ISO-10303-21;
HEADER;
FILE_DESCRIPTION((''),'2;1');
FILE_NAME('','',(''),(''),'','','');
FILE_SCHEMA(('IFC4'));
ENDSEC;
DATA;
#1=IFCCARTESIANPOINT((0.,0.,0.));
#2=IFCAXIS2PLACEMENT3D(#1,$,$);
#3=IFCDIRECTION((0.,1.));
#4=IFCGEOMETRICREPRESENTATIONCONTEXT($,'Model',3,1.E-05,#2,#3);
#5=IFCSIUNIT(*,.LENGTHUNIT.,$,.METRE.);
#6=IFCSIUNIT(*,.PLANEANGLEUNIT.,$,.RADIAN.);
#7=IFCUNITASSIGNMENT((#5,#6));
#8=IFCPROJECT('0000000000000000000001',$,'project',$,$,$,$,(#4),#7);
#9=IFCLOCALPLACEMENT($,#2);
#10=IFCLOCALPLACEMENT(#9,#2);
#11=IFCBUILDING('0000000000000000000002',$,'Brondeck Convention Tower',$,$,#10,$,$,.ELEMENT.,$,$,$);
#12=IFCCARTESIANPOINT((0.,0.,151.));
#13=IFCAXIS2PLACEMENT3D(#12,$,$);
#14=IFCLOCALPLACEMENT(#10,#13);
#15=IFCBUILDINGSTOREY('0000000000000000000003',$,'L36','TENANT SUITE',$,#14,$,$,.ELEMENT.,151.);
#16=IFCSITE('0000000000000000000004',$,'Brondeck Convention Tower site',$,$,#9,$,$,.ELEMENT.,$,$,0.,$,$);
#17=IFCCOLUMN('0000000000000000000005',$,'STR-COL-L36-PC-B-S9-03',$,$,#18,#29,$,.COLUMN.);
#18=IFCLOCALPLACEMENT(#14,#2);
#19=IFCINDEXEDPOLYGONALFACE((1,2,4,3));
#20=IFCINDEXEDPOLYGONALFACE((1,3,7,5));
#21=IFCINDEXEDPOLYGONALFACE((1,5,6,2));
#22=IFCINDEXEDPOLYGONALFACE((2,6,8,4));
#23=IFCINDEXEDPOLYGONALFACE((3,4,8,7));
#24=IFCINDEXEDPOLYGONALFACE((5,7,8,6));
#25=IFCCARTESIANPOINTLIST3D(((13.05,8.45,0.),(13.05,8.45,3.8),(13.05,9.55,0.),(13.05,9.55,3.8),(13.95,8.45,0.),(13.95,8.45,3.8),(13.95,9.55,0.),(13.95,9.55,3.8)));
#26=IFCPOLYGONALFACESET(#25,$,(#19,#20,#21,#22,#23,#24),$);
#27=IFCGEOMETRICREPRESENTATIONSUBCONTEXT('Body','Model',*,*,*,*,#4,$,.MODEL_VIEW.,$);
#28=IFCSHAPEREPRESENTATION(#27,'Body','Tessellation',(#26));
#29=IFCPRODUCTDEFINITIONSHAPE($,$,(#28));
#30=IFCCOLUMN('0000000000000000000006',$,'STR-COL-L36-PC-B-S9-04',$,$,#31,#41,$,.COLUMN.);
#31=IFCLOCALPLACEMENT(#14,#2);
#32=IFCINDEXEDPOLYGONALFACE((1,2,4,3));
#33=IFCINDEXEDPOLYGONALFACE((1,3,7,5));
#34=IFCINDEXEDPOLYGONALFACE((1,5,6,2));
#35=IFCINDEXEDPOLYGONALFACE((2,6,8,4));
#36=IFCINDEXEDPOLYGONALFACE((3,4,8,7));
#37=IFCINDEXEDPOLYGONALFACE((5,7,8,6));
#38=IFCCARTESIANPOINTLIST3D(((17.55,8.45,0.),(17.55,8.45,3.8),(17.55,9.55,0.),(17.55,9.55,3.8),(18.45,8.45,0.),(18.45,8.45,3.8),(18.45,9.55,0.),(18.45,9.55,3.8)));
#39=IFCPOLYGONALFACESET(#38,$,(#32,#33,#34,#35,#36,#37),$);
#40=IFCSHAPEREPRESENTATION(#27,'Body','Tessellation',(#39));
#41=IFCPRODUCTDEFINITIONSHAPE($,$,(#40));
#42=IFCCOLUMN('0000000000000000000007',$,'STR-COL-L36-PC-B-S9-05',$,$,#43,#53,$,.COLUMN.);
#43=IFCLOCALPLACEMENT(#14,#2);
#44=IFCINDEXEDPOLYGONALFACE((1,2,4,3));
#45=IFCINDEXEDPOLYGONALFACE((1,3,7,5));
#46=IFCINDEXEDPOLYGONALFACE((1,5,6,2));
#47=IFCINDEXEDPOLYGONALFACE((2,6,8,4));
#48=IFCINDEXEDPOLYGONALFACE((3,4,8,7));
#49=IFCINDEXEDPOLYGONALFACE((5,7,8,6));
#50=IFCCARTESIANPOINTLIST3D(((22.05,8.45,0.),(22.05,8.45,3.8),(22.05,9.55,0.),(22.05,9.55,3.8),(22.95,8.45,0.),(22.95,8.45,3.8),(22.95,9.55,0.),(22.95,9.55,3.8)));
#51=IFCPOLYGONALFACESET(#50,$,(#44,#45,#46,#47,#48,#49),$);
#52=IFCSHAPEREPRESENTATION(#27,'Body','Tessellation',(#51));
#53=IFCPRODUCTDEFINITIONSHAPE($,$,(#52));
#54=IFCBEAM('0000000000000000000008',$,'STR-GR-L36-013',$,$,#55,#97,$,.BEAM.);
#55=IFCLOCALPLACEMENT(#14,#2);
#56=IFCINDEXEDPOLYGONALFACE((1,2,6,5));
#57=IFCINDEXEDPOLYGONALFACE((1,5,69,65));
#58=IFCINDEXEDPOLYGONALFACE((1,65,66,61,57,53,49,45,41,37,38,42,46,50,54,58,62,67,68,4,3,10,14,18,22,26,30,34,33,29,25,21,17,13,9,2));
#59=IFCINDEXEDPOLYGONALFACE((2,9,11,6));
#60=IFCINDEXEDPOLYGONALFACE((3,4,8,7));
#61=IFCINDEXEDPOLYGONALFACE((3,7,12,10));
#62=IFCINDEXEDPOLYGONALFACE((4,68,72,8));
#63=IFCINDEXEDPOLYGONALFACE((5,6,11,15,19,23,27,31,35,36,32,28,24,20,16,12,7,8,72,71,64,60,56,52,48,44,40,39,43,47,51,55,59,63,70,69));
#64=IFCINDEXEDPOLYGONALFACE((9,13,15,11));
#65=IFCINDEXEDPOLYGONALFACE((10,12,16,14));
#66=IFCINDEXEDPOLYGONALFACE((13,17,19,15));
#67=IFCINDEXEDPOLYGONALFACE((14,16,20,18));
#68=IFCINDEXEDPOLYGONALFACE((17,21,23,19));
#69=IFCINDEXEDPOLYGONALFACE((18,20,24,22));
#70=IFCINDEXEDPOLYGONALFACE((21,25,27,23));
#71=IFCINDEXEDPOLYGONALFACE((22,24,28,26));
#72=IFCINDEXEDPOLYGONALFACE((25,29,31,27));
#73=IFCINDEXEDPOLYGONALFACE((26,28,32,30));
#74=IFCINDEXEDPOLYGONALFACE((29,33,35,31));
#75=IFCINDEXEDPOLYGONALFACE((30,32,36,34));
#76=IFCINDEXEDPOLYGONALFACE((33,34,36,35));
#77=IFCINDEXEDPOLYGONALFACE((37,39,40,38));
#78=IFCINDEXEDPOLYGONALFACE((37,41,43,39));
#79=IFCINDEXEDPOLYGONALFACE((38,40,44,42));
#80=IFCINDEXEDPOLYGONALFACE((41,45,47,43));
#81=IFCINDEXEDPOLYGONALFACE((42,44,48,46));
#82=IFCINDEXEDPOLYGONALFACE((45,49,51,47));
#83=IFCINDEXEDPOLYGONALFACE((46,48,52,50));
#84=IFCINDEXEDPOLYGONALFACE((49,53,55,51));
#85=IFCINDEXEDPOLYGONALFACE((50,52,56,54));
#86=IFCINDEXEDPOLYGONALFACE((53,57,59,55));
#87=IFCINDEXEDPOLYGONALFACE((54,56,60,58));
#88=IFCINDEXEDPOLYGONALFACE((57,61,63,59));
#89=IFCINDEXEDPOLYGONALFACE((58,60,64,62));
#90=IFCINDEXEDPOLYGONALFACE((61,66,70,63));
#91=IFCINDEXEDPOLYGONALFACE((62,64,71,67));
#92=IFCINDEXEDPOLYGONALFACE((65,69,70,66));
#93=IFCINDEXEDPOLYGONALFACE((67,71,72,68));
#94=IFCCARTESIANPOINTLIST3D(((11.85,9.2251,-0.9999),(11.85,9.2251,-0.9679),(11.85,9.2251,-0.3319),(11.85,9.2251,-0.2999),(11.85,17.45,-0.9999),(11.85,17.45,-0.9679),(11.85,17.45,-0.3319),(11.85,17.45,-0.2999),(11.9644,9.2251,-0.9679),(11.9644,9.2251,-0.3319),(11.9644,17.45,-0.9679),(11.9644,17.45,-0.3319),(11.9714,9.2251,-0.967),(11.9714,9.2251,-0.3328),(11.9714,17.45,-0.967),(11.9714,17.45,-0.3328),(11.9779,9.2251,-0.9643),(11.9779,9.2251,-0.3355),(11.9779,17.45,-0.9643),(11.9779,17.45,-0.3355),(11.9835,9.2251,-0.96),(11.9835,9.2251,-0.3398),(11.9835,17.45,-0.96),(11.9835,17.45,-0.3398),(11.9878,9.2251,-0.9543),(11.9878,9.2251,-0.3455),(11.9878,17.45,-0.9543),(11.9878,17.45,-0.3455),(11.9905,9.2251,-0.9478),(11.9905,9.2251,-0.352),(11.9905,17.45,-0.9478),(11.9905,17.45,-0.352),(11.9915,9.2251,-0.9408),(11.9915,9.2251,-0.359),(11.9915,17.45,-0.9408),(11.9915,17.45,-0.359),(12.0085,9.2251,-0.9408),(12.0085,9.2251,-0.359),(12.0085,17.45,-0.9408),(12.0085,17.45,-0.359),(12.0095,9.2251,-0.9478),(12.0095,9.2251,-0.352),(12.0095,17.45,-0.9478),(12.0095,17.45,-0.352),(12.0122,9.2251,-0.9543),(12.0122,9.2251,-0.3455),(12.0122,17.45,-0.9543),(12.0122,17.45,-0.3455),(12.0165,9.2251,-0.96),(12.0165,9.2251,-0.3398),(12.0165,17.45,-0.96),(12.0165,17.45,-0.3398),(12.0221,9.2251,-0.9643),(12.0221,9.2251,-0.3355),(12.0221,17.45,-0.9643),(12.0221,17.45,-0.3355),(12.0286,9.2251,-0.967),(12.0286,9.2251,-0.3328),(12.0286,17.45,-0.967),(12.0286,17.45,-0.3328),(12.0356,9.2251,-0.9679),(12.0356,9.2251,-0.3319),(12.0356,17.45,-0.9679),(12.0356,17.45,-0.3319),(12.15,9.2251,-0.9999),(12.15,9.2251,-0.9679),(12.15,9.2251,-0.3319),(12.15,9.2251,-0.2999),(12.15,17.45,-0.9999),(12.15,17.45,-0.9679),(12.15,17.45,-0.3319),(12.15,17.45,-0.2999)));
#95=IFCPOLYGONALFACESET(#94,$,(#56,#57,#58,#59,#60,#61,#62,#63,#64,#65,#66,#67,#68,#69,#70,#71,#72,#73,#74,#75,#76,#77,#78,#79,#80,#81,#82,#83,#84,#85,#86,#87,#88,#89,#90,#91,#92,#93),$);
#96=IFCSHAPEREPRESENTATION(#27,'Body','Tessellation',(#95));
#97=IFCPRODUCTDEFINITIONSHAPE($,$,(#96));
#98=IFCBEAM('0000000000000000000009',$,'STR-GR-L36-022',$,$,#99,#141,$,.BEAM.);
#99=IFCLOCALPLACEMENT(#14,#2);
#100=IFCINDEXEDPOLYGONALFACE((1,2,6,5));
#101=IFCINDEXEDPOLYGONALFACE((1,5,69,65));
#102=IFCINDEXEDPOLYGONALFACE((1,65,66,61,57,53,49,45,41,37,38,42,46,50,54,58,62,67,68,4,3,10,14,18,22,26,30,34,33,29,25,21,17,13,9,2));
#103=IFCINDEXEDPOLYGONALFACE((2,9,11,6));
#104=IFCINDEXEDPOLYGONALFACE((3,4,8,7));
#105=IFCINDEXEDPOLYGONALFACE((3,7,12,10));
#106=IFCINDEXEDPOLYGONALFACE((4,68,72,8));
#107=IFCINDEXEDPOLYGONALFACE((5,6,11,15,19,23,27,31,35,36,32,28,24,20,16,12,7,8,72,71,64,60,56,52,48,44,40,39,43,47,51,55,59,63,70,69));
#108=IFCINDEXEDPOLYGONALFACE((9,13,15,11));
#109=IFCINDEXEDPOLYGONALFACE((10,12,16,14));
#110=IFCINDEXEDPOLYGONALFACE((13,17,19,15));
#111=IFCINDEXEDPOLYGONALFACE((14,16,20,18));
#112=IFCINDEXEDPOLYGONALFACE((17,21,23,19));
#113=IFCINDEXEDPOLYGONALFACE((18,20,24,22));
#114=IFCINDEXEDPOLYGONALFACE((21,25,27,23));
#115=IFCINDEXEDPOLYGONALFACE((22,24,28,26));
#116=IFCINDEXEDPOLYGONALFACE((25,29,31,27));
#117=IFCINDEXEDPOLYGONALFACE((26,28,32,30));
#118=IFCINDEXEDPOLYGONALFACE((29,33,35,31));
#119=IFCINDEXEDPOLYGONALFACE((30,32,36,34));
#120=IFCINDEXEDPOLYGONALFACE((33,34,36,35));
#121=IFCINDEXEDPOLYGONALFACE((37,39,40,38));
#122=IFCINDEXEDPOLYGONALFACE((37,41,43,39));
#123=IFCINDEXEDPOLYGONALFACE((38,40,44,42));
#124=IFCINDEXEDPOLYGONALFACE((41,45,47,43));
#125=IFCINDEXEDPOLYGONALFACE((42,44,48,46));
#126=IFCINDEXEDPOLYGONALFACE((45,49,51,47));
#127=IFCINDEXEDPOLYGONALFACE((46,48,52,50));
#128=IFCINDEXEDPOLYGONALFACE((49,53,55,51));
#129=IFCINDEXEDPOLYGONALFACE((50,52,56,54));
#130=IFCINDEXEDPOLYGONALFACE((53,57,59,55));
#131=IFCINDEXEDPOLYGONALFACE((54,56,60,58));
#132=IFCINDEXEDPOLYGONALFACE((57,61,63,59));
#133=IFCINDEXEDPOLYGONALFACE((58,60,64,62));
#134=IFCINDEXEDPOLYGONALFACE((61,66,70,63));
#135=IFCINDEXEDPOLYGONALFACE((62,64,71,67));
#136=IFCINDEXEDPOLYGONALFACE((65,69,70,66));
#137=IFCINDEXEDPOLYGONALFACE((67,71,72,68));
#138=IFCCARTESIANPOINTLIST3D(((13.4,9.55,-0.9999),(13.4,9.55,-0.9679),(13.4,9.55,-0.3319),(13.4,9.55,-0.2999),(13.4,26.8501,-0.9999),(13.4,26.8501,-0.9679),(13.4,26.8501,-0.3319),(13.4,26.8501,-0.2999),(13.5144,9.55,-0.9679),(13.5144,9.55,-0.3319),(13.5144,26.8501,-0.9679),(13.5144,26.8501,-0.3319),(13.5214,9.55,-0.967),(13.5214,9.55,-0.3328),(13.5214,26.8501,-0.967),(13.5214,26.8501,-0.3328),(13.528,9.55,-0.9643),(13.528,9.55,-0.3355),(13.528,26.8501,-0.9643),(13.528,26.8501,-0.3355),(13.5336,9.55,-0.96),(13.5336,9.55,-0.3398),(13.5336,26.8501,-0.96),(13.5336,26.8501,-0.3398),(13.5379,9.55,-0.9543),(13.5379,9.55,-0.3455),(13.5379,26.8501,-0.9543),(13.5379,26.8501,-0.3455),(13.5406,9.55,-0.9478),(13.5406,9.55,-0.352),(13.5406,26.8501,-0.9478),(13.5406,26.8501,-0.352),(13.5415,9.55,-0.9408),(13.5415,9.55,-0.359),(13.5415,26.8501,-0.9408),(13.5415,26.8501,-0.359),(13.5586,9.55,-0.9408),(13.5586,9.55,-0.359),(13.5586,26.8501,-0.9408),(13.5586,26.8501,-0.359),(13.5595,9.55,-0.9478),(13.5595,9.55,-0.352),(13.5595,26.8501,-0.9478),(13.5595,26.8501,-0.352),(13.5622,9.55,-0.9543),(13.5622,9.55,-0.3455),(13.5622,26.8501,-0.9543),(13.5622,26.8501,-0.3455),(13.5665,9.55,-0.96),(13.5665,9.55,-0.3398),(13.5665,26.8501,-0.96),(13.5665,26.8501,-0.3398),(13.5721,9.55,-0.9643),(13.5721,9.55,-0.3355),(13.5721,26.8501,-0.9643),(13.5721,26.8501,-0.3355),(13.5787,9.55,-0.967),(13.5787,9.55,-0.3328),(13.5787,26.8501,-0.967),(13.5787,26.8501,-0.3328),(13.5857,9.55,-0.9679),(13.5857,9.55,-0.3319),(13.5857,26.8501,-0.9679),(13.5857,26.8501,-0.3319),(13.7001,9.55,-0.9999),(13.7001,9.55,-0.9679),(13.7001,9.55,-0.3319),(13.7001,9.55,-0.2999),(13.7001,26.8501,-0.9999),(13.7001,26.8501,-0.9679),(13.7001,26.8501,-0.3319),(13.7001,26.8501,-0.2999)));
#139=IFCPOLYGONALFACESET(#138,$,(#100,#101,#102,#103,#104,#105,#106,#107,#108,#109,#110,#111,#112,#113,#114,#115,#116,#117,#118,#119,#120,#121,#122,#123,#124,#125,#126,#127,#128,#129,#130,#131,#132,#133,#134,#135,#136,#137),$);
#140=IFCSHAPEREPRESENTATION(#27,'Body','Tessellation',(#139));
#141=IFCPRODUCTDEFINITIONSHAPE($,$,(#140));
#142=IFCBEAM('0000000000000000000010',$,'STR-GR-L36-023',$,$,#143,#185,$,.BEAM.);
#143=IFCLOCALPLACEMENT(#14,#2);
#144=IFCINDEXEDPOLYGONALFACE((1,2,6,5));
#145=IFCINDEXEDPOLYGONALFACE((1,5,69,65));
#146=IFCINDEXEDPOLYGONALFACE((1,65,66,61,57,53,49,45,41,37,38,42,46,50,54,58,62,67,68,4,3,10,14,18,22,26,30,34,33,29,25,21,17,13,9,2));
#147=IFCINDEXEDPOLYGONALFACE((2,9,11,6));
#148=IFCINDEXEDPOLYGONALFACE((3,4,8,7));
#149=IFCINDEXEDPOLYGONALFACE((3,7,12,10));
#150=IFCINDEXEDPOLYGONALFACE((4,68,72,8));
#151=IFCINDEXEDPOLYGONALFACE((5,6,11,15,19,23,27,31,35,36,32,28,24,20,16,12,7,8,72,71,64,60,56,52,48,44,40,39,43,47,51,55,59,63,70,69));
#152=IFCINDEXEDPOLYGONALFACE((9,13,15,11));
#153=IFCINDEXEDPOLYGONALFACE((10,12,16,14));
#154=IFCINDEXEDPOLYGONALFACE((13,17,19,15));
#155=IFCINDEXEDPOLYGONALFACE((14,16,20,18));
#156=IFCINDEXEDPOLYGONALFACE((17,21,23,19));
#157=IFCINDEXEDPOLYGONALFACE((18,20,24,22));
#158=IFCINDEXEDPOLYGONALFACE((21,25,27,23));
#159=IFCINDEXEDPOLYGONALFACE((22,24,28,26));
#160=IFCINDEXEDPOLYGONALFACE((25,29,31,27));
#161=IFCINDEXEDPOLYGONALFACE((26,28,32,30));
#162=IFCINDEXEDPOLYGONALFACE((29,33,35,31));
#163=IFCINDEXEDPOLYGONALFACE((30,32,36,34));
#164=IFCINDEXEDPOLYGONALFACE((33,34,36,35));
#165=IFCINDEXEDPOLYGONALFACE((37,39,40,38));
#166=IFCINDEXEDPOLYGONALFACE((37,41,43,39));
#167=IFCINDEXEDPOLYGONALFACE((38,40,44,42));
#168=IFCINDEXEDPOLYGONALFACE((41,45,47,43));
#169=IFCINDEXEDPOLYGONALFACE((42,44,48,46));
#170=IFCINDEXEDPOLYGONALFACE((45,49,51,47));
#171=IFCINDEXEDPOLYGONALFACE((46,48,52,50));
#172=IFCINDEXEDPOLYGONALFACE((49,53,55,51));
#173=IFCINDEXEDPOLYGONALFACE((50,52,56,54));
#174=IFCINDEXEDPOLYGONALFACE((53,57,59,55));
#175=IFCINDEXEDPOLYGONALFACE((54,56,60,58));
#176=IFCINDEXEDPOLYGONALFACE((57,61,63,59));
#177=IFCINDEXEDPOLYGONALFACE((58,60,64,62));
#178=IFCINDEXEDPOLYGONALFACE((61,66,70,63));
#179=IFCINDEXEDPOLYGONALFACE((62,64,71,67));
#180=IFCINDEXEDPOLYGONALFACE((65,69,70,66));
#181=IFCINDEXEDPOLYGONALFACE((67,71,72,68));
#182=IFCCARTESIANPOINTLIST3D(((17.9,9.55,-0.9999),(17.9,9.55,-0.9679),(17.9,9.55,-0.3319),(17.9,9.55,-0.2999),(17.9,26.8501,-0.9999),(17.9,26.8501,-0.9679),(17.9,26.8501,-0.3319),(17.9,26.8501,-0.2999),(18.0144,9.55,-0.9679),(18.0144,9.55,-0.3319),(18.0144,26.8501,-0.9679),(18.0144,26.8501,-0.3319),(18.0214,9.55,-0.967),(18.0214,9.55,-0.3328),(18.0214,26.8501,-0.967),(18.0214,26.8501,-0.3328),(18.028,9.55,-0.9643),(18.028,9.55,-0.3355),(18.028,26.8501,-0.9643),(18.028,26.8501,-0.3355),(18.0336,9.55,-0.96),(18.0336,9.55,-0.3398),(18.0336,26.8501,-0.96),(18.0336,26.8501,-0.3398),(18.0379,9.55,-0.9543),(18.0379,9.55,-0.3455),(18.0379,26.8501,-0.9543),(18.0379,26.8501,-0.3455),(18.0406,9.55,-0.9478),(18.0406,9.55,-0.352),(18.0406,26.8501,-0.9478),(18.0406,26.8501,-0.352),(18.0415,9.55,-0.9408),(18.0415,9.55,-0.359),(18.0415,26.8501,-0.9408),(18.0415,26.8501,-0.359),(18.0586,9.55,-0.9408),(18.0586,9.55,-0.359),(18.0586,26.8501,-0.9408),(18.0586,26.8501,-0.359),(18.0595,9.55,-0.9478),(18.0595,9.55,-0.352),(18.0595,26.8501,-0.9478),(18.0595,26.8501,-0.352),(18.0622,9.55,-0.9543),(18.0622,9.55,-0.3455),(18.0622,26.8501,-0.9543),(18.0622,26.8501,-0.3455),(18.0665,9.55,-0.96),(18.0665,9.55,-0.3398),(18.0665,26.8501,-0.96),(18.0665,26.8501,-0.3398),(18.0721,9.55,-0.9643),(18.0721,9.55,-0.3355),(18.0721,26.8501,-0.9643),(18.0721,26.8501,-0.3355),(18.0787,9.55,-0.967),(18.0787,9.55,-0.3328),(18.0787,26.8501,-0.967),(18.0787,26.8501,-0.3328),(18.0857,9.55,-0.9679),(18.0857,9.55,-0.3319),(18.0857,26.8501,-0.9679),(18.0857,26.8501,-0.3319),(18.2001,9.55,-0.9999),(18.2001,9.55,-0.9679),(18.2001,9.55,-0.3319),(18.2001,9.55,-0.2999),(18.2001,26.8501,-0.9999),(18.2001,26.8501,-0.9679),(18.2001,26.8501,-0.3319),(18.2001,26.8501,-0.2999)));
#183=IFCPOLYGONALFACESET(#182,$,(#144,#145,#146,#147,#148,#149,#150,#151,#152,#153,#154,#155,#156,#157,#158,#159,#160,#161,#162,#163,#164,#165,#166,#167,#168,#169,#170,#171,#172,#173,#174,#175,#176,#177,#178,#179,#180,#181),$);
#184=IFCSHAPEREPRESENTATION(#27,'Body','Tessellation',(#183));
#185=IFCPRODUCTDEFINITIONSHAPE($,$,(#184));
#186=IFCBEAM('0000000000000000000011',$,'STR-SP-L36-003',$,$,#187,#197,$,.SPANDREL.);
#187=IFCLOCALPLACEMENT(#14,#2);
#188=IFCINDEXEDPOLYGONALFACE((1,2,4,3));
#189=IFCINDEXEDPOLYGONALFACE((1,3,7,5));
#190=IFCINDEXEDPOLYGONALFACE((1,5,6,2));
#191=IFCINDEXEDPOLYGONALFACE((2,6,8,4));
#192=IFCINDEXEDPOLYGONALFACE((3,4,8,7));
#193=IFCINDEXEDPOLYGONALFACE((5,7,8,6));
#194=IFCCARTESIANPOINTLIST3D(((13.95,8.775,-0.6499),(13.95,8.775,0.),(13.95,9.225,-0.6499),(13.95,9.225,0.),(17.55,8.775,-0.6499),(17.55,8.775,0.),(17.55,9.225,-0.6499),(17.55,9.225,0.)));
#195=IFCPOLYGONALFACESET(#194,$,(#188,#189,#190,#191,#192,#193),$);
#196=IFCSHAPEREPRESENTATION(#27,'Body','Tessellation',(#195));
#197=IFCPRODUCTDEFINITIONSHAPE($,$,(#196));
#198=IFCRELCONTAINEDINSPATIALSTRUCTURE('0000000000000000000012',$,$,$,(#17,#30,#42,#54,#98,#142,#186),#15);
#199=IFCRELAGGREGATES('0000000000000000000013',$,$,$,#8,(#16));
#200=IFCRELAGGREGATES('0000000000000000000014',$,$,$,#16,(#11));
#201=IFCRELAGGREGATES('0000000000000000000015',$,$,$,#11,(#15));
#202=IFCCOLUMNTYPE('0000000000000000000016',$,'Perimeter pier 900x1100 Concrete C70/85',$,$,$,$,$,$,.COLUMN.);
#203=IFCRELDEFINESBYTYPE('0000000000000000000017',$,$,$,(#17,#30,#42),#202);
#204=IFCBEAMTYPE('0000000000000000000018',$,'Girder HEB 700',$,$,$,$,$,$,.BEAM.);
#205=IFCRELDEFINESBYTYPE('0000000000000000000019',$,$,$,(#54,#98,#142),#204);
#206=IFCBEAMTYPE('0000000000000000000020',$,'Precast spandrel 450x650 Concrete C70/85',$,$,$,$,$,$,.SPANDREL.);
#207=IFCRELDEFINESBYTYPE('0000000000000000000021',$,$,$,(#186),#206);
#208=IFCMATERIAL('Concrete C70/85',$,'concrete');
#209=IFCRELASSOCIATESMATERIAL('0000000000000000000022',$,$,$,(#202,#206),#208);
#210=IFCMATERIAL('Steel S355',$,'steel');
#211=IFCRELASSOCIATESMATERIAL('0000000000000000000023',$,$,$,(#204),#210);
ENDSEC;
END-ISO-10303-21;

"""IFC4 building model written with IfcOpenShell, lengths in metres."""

from ifc_helpers import new_model, si_unit, direction, frame, origin, origin_2d, place, context, subcontext, project, spatial, rectangle, i_section, extrude, material, material_profile, profile_set, type_object, element, save


model = new_model("IFC4")

# Units and contexts
model_context = context("Model", 3, precision=1e-05, world=origin(), true_north=direction((0.0, 1.0)))
body_context = subcontext(model_context, "Body", "Model", "MODEL_VIEW")
ifc_project = project(units=[si_unit("LENGTHUNIT", "METRE"), si_unit("PLANEANGLEUNIT", "RADIAN")], contexts=[model_context])

# Site, building, storey
site_placement = place(None, origin())
site = spatial("IfcSite", under=ifc_project, at=site_placement, Name="Brondeck Convention Tower site", CompositionType="ELEMENT", RefElevation=0.0)
building_placement = place(site_placement, origin())
building = spatial("IfcBuilding", under=site, at=building_placement, Name="Brondeck Convention Tower", CompositionType="ELEMENT")
storey_placement = place(building_placement, frame((0.0, 0.0, 151.0)))
storey = spatial("IfcBuildingStorey", under=building, at=storey_placement, Name="L36", Description="TENANT SUITE", CompositionType="ELEMENT", Elevation=151.0)

# Columns
ifc_material_1 = material(Name="Concrete C70/85", Category="concrete")
ifc_material_profile_1 = material_profile(ifc_material_1, rectangle(XDim=0.8999, YDim=1.1001, at=origin_2d()), Name="Perimeter pier 900x1100 Concrete C70/85")
ifc_profile_set_1 = profile_set([ifc_material_profile_1], Name="Concrete C70/85")
column_type = type_object("IfcColumnType", Name="Perimeter pier 900x1100 Concrete C70/85", PredefinedType="COLUMN", material=ifc_profile_set_1)
for number, where, z_axis, x_axis, name in (
    (1, (13.5, 9.0, 0.0), (0.0, 0.0, 1.0), (1.0, 0.0, 0.0), "STR-COL-L36-PC-B-S9-03"),
    (2, (18.0, 9.0, 0.0), (0.0, 0.0, 1.0), (1.0, 0.0, 0.0), "STR-COL-L36-PC-B-S9-04"),
    (3, (22.5, 9.0, 0.0), (0.0, 0.0, 1.0), (1.0, 0.0, 0.0), "STR-COL-L36-PC-B-S9-05"),
):
    element("IfcColumn", number, at=place(storey_placement, frame(where, z_axis=z_axis, x_axis=x_axis)), inside=storey, type_object=column_type, Name=name, PredefinedType="COLUMN", context=body_context, shape_type="SweptSolid", body=[
        extrude(rectangle(XDim=0.8999, YDim=1.1001, at=origin_2d()), origin(), (0.0, 0.0, 1.0), 3.8),
    ])

# Beams
ifc_material_2 = material(Name="Steel S355", Category="steel")
ifc_material_profile_2 = material_profile(ifc_material_2, i_section(OverallWidth=0.3, OverallDepth=0.7, WebThickness=0.0171, FlangeThickness=0.032, FilletRadius=0.0271, at=origin_2d()), Name="HEB 700")
ifc_profile_set_2 = profile_set([ifc_material_profile_2], Name="Steel S355")
beam_type_1 = type_object("IfcBeamType", Name="Girder HEB 700", PredefinedType="BEAM", material=ifc_profile_set_2)
beam_placement = place(storey_placement, frame((12.0, 17.45, -0.6499), z_axis=(0.0, -1.0, 0.0), x_axis=(1.0, 0.0, 0.0)))
element("IfcBeam", 4, at=beam_placement, inside=storey, type_object=beam_type_1, Name="STR-GR-L36-013", PredefinedType="BEAM", context=body_context, shape_type="SweptSolid", body=[
    extrude(i_section(OverallWidth=0.3, OverallDepth=0.7, WebThickness=0.0171, FlangeThickness=0.032, FilletRadius=0.0271, at=origin_2d()), origin(), (0.0, 0.0, 1.0), 8.2249),
])
for number, where, z_axis, x_axis, name in (
    (5, (13.55, 9.55, -0.6499), (0.0, 1.0, 0.0), (-1.0, 0.0, 0.0), "STR-GR-L36-022"),
    (6, (18.05, 9.55, -0.6499), (0.0, 1.0, 0.0), (-1.0, 0.0, 0.0), "STR-GR-L36-023"),
):
    element("IfcBeam", number, at=place(storey_placement, frame(where, z_axis=z_axis, x_axis=x_axis)), inside=storey, type_object=beam_type_1, Name=name, PredefinedType="BEAM", context=body_context, shape_type="SweptSolid", body=[
        extrude(i_section(OverallWidth=0.3, OverallDepth=0.7, WebThickness=0.0171, FlangeThickness=0.032, FilletRadius=0.0271, at=origin_2d()), origin(), (0.0, 0.0, 1.0), 17.3),
    ])
ifc_material_profile_3 = material_profile(ifc_material_1, rectangle(XDim=0.45, YDim=0.6499, at=origin_2d()), Name="Precast spandrel 450x650 Concrete C70/85")
ifc_profile_set_3 = profile_set([ifc_material_profile_3], Name="Concrete C70/85")
beam_type_2 = type_object("IfcBeamType", Name="Precast spandrel 450x650 Concrete C70/85", PredefinedType="SPANDREL", material=ifc_profile_set_3)
for number, where, z_axis, x_axis, name in (
    (7, (13.95, 9.0, -0.325), (1.0, 0.0, 0.0), (0.0, 1.0, 0.0), "STR-SP-L36-003"),
):
    element("IfcBeam", number, at=place(storey_placement, frame(where, z_axis=z_axis, x_axis=x_axis)), inside=storey, type_object=beam_type_2, Name=name, PredefinedType="SPANDREL", context=body_context, shape_type="SweptSolid", body=[
        extrude(rectangle(XDim=0.45, YDim=0.6499, at=origin_2d()), origin(), (0.0, 0.0, 1.0), 3.6001),
    ])

save(model, "model.ifc")
